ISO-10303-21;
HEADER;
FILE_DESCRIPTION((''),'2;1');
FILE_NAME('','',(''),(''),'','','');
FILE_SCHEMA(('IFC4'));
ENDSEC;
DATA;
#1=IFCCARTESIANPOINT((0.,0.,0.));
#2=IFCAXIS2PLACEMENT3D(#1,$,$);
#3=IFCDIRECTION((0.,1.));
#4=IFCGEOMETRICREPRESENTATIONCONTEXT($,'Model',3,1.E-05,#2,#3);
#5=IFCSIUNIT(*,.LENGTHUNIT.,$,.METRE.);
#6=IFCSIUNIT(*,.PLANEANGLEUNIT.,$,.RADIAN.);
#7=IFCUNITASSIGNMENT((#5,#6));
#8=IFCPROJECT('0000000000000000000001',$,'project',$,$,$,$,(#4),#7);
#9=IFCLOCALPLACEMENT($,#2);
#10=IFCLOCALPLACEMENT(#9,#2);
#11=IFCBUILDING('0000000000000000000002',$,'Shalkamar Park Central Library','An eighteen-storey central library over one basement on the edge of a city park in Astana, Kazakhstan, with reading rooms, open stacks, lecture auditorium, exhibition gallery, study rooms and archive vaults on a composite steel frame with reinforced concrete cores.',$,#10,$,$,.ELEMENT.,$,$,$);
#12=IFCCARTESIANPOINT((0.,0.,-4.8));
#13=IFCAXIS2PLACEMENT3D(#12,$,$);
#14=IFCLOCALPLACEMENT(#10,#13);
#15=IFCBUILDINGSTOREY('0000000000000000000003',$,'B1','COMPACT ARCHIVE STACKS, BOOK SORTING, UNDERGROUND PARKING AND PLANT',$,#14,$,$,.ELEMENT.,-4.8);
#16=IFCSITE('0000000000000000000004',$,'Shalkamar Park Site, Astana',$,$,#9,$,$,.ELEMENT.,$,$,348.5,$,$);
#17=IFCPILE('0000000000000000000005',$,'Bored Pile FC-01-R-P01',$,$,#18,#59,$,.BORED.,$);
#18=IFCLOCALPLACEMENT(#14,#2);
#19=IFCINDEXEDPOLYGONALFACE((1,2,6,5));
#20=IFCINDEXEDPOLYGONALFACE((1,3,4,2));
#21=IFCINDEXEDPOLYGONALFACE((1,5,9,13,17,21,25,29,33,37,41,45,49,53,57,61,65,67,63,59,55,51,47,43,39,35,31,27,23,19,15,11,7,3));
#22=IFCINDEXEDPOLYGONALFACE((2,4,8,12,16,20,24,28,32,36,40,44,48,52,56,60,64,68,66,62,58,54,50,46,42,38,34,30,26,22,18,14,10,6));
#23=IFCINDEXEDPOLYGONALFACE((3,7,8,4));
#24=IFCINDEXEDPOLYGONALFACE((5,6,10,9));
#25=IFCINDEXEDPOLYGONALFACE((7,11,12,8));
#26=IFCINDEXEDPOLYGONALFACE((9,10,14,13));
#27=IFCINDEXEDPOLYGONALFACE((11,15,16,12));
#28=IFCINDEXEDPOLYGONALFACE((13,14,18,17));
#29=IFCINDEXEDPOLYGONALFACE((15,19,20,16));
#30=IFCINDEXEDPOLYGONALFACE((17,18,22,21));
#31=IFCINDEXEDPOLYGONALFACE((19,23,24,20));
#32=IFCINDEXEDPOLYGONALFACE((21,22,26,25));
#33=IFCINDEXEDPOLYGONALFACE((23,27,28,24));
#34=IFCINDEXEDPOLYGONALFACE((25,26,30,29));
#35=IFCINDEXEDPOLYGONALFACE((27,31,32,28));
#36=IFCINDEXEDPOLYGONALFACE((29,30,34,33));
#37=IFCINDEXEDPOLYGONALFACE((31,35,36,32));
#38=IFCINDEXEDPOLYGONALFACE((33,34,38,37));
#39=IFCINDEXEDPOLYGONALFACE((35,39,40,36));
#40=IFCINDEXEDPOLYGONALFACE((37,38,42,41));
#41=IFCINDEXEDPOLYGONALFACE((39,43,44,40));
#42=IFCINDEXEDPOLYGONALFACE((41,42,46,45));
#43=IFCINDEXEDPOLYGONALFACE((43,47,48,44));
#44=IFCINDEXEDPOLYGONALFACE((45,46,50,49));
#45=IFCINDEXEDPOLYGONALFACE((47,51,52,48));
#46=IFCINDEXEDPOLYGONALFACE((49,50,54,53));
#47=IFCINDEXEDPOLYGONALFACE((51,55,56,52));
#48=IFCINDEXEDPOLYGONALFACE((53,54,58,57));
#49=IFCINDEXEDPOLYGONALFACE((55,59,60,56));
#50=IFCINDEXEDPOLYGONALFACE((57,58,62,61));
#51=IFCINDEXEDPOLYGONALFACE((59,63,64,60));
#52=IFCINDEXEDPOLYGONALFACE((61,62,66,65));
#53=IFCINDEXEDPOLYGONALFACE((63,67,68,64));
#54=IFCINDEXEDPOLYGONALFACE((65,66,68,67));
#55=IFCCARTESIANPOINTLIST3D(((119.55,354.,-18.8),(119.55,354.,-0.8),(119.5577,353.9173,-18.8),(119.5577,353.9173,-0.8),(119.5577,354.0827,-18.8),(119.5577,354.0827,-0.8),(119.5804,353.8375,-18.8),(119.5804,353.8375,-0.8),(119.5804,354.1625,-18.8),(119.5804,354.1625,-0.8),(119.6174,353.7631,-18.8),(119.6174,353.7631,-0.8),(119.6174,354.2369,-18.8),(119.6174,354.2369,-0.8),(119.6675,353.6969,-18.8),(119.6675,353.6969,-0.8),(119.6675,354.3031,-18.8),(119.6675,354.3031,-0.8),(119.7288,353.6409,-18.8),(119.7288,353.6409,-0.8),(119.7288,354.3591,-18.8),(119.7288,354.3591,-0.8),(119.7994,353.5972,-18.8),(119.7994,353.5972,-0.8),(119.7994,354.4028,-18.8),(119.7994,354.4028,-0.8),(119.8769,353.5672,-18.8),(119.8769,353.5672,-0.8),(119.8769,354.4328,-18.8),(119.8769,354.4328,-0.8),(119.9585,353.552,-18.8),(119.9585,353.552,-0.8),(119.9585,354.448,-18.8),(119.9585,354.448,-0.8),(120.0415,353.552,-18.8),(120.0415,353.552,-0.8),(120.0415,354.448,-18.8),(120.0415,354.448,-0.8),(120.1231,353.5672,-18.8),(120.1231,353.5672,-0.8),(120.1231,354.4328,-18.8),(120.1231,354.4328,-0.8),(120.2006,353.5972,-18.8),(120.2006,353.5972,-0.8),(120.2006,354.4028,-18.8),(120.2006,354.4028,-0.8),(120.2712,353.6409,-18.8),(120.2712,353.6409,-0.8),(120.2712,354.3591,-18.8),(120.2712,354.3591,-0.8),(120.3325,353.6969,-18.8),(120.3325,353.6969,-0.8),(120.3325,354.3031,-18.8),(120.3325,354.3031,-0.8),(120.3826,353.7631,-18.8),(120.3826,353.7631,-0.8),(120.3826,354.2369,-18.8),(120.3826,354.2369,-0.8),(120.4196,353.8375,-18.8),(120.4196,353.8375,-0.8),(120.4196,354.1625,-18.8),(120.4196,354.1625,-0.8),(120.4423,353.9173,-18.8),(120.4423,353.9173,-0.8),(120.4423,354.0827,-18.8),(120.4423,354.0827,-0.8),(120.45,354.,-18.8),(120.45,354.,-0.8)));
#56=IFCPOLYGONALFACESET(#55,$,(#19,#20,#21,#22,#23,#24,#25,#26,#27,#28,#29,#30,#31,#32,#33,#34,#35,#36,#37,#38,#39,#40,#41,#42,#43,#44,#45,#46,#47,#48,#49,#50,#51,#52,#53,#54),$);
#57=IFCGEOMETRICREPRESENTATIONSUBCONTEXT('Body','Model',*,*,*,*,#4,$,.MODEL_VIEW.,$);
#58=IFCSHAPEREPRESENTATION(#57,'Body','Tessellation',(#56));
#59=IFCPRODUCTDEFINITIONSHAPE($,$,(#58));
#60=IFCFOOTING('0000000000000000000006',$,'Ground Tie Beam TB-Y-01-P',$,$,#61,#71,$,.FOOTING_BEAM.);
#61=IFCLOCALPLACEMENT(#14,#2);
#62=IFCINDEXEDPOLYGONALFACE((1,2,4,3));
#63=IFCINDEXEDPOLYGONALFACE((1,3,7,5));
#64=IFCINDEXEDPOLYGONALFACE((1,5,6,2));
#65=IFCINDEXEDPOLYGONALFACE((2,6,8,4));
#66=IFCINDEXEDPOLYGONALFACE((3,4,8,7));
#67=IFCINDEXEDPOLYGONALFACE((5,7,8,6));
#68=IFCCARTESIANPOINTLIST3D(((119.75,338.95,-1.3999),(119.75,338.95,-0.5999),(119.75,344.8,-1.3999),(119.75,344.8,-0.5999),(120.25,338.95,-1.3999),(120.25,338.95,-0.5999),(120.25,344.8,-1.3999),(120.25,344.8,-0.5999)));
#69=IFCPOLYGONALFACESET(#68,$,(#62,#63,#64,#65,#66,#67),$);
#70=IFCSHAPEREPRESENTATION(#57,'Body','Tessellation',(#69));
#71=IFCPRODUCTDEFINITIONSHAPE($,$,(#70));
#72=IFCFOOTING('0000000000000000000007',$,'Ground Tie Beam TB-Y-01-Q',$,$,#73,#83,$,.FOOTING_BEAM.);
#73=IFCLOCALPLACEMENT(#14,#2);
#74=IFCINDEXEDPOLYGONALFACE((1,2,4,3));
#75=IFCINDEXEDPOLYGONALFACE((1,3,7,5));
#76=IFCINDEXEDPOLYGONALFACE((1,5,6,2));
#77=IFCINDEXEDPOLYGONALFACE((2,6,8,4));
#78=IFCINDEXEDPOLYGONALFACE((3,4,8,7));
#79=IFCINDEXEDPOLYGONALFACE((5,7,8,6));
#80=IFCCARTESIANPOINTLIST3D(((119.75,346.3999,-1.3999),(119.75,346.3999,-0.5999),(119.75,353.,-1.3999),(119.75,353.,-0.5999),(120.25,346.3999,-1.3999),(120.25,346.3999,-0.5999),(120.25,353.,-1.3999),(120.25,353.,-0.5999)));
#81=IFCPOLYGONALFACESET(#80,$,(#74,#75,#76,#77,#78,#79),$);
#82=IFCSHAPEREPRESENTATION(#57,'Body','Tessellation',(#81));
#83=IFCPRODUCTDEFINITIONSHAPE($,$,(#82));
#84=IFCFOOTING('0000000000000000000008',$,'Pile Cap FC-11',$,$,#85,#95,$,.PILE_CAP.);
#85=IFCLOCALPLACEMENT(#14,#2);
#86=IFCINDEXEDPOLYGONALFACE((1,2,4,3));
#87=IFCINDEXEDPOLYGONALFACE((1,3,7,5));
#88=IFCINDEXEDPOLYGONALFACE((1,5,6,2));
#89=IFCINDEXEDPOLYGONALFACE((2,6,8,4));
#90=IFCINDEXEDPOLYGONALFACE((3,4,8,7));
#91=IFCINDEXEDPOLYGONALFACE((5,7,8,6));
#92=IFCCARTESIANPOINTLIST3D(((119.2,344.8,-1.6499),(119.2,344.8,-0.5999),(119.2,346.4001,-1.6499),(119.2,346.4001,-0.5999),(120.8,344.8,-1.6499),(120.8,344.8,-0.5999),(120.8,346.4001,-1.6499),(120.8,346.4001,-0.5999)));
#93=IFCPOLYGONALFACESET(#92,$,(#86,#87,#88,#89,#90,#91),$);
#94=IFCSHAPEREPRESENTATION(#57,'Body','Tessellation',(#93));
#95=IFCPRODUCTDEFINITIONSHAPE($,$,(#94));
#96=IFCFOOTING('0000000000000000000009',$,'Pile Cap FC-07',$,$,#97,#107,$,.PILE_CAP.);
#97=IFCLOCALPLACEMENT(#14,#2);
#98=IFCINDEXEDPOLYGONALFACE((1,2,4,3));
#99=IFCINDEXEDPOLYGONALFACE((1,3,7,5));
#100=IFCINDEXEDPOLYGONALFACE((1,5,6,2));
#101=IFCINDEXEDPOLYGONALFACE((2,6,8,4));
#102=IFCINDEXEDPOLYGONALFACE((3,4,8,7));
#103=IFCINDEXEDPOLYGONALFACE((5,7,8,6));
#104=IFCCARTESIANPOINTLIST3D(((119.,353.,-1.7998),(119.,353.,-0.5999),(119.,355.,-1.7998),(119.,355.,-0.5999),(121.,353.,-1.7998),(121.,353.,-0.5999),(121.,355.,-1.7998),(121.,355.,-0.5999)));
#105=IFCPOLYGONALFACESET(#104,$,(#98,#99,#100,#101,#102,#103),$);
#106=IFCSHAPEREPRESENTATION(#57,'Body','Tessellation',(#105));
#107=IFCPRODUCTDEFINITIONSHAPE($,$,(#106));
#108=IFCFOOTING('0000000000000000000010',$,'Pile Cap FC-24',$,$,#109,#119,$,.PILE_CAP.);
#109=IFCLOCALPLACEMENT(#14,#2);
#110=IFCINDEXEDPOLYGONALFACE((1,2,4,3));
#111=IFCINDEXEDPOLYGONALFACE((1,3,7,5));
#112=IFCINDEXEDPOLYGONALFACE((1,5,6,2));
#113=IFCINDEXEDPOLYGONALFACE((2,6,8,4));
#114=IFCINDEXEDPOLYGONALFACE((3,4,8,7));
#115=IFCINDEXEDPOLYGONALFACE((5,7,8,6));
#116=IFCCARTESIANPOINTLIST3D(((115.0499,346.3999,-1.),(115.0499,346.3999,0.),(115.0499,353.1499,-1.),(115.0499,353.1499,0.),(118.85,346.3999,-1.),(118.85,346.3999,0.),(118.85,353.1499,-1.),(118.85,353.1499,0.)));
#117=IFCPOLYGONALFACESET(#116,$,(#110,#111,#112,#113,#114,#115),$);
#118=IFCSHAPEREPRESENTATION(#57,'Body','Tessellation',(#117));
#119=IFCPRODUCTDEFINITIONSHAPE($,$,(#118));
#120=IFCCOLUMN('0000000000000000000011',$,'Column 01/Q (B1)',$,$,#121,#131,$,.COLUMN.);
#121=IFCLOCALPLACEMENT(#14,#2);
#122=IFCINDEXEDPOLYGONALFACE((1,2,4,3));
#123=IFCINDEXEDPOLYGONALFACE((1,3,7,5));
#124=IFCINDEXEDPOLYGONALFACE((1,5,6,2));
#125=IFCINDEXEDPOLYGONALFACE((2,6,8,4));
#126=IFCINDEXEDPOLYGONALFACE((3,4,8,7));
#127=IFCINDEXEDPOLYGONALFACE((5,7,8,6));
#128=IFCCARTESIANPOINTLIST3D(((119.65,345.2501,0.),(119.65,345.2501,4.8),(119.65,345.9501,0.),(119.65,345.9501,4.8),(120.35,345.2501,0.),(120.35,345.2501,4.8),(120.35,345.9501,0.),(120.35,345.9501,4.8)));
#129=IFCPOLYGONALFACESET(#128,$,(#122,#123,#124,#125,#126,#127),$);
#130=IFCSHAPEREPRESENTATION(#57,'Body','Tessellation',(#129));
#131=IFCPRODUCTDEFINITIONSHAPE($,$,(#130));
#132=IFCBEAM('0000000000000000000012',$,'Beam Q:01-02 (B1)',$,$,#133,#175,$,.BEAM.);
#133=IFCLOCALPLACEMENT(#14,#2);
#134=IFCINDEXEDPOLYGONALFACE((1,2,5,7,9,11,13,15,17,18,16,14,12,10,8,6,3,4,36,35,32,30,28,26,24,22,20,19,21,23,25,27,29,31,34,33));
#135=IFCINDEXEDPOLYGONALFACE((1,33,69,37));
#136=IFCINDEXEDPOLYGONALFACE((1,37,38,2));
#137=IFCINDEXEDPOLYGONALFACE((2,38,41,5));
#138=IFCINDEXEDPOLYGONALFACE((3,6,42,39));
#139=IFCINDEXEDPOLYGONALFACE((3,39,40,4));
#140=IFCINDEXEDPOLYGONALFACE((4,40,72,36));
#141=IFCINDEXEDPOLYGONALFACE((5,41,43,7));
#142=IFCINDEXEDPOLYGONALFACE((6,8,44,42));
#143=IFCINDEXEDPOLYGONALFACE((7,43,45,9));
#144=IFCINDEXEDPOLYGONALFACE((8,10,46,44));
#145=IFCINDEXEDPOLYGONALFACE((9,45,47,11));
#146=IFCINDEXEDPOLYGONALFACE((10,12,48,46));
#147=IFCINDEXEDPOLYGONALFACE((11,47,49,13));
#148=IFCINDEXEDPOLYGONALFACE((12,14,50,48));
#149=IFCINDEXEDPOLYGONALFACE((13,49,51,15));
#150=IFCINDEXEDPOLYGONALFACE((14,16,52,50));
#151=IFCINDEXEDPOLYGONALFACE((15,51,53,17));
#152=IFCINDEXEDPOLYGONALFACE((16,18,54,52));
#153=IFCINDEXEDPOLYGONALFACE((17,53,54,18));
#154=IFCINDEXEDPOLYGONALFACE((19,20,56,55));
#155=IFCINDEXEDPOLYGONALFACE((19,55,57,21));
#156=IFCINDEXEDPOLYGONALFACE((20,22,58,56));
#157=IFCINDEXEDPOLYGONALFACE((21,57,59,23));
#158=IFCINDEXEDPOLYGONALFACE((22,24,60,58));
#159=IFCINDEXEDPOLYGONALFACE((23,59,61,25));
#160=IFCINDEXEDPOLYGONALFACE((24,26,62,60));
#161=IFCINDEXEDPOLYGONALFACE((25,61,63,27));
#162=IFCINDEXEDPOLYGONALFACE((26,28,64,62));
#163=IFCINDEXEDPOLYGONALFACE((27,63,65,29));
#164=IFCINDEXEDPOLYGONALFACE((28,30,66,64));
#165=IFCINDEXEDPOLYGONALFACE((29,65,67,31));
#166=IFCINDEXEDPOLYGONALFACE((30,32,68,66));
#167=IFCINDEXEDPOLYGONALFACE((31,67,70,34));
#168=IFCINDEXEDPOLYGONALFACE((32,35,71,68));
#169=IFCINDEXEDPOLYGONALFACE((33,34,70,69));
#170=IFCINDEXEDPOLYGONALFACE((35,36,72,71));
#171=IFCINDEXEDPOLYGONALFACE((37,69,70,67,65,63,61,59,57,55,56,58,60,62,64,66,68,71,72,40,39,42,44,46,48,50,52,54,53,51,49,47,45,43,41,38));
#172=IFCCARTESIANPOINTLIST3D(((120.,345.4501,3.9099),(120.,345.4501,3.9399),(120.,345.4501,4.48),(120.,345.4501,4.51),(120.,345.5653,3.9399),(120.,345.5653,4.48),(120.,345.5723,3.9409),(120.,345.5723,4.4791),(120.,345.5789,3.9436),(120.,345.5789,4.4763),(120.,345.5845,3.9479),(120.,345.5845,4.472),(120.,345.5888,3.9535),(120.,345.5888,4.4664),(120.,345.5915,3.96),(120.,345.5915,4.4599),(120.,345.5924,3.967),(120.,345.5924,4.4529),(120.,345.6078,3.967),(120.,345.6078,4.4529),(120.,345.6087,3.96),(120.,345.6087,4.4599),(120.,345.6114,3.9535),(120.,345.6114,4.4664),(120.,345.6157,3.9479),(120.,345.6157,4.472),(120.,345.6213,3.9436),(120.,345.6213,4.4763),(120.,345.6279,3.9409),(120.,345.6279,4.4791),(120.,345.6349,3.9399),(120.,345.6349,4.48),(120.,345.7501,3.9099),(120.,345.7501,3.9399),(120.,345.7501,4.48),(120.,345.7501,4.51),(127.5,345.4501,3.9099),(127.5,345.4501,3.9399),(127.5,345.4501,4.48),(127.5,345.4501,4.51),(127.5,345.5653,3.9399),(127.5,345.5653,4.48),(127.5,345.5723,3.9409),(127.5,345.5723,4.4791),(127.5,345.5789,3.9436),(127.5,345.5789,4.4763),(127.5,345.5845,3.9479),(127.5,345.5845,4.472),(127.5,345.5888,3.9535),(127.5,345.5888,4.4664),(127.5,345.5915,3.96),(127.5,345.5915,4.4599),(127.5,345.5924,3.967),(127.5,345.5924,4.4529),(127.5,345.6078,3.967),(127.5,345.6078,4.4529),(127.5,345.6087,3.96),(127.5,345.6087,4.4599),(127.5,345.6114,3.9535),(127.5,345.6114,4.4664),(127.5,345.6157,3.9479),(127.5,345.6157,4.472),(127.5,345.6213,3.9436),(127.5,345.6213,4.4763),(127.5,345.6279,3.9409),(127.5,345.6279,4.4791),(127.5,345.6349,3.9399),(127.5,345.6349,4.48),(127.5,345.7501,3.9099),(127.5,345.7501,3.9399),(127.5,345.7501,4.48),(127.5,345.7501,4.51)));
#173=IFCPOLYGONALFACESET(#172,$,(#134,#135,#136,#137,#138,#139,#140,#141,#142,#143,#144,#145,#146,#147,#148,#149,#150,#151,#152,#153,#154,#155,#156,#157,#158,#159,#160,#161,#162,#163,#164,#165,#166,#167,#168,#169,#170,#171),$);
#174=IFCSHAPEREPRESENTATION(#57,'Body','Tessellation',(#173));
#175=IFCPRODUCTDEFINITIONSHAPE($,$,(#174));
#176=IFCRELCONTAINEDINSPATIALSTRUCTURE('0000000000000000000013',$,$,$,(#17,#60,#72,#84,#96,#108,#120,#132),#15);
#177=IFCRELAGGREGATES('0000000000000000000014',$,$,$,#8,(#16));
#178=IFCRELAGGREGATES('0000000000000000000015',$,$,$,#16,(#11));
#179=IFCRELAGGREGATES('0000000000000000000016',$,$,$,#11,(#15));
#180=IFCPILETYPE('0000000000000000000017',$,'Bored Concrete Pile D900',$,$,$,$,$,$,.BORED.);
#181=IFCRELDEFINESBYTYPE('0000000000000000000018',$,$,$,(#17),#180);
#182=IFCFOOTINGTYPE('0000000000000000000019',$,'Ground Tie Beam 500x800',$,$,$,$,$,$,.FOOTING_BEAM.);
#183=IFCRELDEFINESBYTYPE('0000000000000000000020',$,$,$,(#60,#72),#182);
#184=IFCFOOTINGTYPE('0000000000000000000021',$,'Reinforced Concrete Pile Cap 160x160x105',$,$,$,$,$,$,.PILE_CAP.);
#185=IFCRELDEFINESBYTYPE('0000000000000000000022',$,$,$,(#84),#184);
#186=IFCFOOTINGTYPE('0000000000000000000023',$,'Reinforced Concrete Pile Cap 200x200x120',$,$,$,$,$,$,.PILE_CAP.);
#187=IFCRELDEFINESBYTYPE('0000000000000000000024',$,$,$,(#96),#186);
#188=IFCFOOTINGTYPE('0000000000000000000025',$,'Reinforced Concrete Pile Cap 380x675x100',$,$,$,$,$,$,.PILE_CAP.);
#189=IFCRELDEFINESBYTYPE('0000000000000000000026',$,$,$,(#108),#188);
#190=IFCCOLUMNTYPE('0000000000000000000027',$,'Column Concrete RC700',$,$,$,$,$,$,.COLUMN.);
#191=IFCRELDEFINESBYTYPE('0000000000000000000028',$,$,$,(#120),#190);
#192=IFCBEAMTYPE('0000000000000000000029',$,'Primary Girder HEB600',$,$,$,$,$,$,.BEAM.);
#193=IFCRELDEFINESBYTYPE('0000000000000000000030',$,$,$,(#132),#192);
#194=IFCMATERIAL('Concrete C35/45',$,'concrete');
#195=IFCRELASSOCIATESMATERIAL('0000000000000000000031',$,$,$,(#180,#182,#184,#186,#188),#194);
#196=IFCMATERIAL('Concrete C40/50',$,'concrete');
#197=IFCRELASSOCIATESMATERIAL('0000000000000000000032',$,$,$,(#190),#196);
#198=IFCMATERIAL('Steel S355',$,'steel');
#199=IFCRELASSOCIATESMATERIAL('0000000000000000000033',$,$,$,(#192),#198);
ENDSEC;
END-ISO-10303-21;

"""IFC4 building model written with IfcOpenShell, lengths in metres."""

from ifc_helpers import new_model, si_unit, direction, frame, origin, origin_2d, place, context, subcontext, project, spatial, rectangle, circle, i_section, extrude, material, material_profile, profile_set, type_object, element, save


model = new_model("IFC4")

# Units and contexts
model_context = context("Model", 3, precision=1e-05, world=origin(), true_north=direction((0.0, 1.0)))
body_context = subcontext(model_context, "Body", "Model", "MODEL_VIEW")
ifc_project = project(units=[si_unit("LENGTHUNIT", "METRE"), si_unit("PLANEANGLEUNIT", "RADIAN")], contexts=[model_context])

# Site, building, storey
site_placement = place(None, origin())
site = spatial("IfcSite", under=ifc_project, at=site_placement, Name="Shalkamar Park Site, Astana", CompositionType="ELEMENT", RefElevation=348.5)
building_placement = place(site_placement, origin())
building = spatial("IfcBuilding", under=site, at=building_placement, Name="Shalkamar Park Central Library", Description="An eighteen-storey central library over one basement on the edge of a city park in Astana, Kazakhstan, with reading rooms, open stacks, lecture auditorium, exhibition gallery, study rooms and archive vaults on a composite steel frame with reinforced concrete cores.", CompositionType="ELEMENT")
storey_placement = place(building_placement, frame((0.0, 0.0, -4.8)))
storey = spatial("IfcBuildingStorey", under=building, at=storey_placement, Name="B1", Description="COMPACT ARCHIVE STACKS, BOOK SORTING, UNDERGROUND PARKING AND PLANT", CompositionType="ELEMENT", Elevation=-4.8)

# Pile
ifc_material_1 = material(Name="Concrete C35/45", Category="concrete")
ifc_material_profile_1 = material_profile(ifc_material_1, circle(Radius=0.45, at=origin_2d()), Name="PILE D900")
ifc_profile_set_1 = profile_set([ifc_material_profile_1], Name="Concrete C35/45")
pile_type_1 = type_object("IfcPileType", Name="Bored Concrete Pile D900", PredefinedType="BORED", material=ifc_profile_set_1)
pile_1_placement = place(storey_placement, frame((120.0, 354.0, -0.8), z_axis=(0.0, 0.0, -1.0), x_axis=(1.0, 0.0, 0.0)))
element("IfcPile", 1, at=pile_1_placement, inside=storey, type_object=pile_type_1, Name="Bored Pile FC-01-R-P01", PredefinedType="BORED", context=body_context, shape_type="SweptSolid", body=[
    extrude(circle(Radius=0.45, at=origin_2d()), origin(), (0.0, 0.0, 1.0), 18.0),
])

# Footings
footing_type_1 = type_object("IfcFootingType", Name="Ground Tie Beam 500x800", PredefinedType="FOOTING_BEAM", material=ifc_material_1)
footing_1_placement = place(storey_placement, frame((120.0, 341.875, -1.3999), z_axis=(0.0, 0.0, 1.0), x_axis=(0.0, 1.0, 0.0)))
element("IfcFooting", 2, at=footing_1_placement, inside=storey, type_object=footing_type_1, Name="Ground Tie Beam TB-Y-01-P", PredefinedType="FOOTING_BEAM", context=body_context, shape_type="SweptSolid", body=[
    extrude(rectangle(XDim=5.8501, YDim=0.5, at=origin_2d()), origin(), (0.0, 0.0, 1.0), 0.8),
])
footing_2_placement = place(storey_placement, frame((120.0, 349.7, -1.3999), z_axis=(0.0, 0.0, 1.0), x_axis=(0.0, 1.0, 0.0)))
element("IfcFooting", 3, at=footing_2_placement, inside=storey, type_object=footing_type_1, Name="Ground Tie Beam TB-Y-01-Q", PredefinedType="FOOTING_BEAM", context=body_context, shape_type="SweptSolid", body=[
    extrude(rectangle(XDim=6.6001, YDim=0.5, at=origin_2d()), origin(), (0.0, 0.0, 1.0), 0.8),
])
footing_type_2 = type_object("IfcFootingType", Name="Reinforced Concrete Pile Cap 160x160x105", PredefinedType="PILE_CAP", material=ifc_material_1)
footing_3_placement = place(storey_placement, frame((120.0, 345.6001, -1.6499), z_axis=(0.0, 0.0, 1.0), x_axis=(1.0, 0.0, 0.0)))
element("IfcFooting", 4, at=footing_3_placement, inside=storey, type_object=footing_type_2, Name="Pile Cap FC-11", PredefinedType="PILE_CAP", context=body_context, shape_type="SweptSolid", body=[
    extrude(rectangle(XDim=1.6001, YDim=1.6001, at=origin_2d()), origin(), (0.0, 0.0, 1.0), 1.05),
])
footing_type_3 = type_object("IfcFootingType", Name="Reinforced Concrete Pile Cap 200x200x120", PredefinedType="PILE_CAP", material=ifc_material_1)
footing_4_placement = place(storey_placement, frame((120.0, 354.0, -1.7998), z_axis=(0.0, 0.0, 1.0), x_axis=(1.0, 0.0, 0.0)))
element("IfcFooting", 5, at=footing_4_placement, inside=storey, type_object=footing_type_3, Name="Pile Cap FC-07", PredefinedType="PILE_CAP", context=body_context, shape_type="SweptSolid", body=[
    extrude(rectangle(XDim=2.0, YDim=2.0, at=origin_2d()), origin(), (0.0, 0.0, 1.0), 1.2),
])
footing_type_4 = type_object("IfcFootingType", Name="Reinforced Concrete Pile Cap 380x675x100", PredefinedType="PILE_CAP", material=ifc_material_1)
footing_5_placement = place(storey_placement, frame((116.95, 349.7749, -1.0), z_axis=(0.0, 0.0, 1.0), x_axis=(1.0, 0.0, 0.0)))
element("IfcFooting", 6, at=footing_5_placement, inside=storey, type_object=footing_type_4, Name="Pile Cap FC-24", PredefinedType="PILE_CAP", context=body_context, shape_type="SweptSolid", body=[
    extrude(rectangle(XDim=3.8, YDim=6.75, at=origin_2d()), origin(), (0.0, 0.0, 1.0), 1.0),
])

# Column
ifc_material_2 = material(Name="Concrete C40/50", Category="concrete")
ifc_material_profile_2 = material_profile(ifc_material_2, rectangle(XDim=0.7, YDim=0.7, at=origin_2d()), Name="RC 700x700")
ifc_profile_set_2 = profile_set([ifc_material_profile_2], Name="Concrete C40/50")
column_type = type_object("IfcColumnType", Name="Column Concrete RC700", PredefinedType="COLUMN", material=ifc_profile_set_2)
column_placement = place(storey_placement, frame((120.0, 345.6001, 0.0), z_axis=(0.0, 0.0, 1.0), x_axis=(1.0, 0.0, 0.0)))
element("IfcColumn", 7, at=column_placement, inside=storey, type_object=column_type, Name="Column 01/Q (B1)", PredefinedType="COLUMN", context=body_context, shape_type="SweptSolid", body=[
    extrude(rectangle(XDim=0.7, YDim=0.7, at=origin_2d()), origin(), (0.0, 0.0, 1.0), 4.8),
])

# Beam
ifc_material_3 = material(Name="Steel S355", Category="steel")
ifc_material_profile_3 = material_profile(ifc_material_3, i_section(OverallWidth=0.3, OverallDepth=0.6001, WebThickness=0.0154, FlangeThickness=0.03, FilletRadius=0.0271, at=origin_2d()), Name="HEB 600")
ifc_profile_set_3 = profile_set([ifc_material_profile_3], Name="Steel S355")
beam_type_1 = type_object("IfcBeamType", Name="Primary Girder HEB600", PredefinedType="BEAM", material=ifc_profile_set_3)
beam_1_placement = place(storey_placement, frame((120.0, 345.6001, 4.21), z_axis=(1.0, 0.0, 0.0), x_axis=(0.0, 1.0, 0.0)))
element("IfcBeam", 8, at=beam_1_placement, inside=storey, type_object=beam_type_1, Name="Beam Q:01-02 (B1)", PredefinedType="BEAM", context=body_context, shape_type="SweptSolid", body=[
    extrude(i_section(OverallWidth=0.3, OverallDepth=0.6001, WebThickness=0.0154, FlangeThickness=0.03, FilletRadius=0.0271, at=origin_2d()), origin(), (0.0, 0.0, 1.0), 7.5),
])

save(model, "model.ifc")
